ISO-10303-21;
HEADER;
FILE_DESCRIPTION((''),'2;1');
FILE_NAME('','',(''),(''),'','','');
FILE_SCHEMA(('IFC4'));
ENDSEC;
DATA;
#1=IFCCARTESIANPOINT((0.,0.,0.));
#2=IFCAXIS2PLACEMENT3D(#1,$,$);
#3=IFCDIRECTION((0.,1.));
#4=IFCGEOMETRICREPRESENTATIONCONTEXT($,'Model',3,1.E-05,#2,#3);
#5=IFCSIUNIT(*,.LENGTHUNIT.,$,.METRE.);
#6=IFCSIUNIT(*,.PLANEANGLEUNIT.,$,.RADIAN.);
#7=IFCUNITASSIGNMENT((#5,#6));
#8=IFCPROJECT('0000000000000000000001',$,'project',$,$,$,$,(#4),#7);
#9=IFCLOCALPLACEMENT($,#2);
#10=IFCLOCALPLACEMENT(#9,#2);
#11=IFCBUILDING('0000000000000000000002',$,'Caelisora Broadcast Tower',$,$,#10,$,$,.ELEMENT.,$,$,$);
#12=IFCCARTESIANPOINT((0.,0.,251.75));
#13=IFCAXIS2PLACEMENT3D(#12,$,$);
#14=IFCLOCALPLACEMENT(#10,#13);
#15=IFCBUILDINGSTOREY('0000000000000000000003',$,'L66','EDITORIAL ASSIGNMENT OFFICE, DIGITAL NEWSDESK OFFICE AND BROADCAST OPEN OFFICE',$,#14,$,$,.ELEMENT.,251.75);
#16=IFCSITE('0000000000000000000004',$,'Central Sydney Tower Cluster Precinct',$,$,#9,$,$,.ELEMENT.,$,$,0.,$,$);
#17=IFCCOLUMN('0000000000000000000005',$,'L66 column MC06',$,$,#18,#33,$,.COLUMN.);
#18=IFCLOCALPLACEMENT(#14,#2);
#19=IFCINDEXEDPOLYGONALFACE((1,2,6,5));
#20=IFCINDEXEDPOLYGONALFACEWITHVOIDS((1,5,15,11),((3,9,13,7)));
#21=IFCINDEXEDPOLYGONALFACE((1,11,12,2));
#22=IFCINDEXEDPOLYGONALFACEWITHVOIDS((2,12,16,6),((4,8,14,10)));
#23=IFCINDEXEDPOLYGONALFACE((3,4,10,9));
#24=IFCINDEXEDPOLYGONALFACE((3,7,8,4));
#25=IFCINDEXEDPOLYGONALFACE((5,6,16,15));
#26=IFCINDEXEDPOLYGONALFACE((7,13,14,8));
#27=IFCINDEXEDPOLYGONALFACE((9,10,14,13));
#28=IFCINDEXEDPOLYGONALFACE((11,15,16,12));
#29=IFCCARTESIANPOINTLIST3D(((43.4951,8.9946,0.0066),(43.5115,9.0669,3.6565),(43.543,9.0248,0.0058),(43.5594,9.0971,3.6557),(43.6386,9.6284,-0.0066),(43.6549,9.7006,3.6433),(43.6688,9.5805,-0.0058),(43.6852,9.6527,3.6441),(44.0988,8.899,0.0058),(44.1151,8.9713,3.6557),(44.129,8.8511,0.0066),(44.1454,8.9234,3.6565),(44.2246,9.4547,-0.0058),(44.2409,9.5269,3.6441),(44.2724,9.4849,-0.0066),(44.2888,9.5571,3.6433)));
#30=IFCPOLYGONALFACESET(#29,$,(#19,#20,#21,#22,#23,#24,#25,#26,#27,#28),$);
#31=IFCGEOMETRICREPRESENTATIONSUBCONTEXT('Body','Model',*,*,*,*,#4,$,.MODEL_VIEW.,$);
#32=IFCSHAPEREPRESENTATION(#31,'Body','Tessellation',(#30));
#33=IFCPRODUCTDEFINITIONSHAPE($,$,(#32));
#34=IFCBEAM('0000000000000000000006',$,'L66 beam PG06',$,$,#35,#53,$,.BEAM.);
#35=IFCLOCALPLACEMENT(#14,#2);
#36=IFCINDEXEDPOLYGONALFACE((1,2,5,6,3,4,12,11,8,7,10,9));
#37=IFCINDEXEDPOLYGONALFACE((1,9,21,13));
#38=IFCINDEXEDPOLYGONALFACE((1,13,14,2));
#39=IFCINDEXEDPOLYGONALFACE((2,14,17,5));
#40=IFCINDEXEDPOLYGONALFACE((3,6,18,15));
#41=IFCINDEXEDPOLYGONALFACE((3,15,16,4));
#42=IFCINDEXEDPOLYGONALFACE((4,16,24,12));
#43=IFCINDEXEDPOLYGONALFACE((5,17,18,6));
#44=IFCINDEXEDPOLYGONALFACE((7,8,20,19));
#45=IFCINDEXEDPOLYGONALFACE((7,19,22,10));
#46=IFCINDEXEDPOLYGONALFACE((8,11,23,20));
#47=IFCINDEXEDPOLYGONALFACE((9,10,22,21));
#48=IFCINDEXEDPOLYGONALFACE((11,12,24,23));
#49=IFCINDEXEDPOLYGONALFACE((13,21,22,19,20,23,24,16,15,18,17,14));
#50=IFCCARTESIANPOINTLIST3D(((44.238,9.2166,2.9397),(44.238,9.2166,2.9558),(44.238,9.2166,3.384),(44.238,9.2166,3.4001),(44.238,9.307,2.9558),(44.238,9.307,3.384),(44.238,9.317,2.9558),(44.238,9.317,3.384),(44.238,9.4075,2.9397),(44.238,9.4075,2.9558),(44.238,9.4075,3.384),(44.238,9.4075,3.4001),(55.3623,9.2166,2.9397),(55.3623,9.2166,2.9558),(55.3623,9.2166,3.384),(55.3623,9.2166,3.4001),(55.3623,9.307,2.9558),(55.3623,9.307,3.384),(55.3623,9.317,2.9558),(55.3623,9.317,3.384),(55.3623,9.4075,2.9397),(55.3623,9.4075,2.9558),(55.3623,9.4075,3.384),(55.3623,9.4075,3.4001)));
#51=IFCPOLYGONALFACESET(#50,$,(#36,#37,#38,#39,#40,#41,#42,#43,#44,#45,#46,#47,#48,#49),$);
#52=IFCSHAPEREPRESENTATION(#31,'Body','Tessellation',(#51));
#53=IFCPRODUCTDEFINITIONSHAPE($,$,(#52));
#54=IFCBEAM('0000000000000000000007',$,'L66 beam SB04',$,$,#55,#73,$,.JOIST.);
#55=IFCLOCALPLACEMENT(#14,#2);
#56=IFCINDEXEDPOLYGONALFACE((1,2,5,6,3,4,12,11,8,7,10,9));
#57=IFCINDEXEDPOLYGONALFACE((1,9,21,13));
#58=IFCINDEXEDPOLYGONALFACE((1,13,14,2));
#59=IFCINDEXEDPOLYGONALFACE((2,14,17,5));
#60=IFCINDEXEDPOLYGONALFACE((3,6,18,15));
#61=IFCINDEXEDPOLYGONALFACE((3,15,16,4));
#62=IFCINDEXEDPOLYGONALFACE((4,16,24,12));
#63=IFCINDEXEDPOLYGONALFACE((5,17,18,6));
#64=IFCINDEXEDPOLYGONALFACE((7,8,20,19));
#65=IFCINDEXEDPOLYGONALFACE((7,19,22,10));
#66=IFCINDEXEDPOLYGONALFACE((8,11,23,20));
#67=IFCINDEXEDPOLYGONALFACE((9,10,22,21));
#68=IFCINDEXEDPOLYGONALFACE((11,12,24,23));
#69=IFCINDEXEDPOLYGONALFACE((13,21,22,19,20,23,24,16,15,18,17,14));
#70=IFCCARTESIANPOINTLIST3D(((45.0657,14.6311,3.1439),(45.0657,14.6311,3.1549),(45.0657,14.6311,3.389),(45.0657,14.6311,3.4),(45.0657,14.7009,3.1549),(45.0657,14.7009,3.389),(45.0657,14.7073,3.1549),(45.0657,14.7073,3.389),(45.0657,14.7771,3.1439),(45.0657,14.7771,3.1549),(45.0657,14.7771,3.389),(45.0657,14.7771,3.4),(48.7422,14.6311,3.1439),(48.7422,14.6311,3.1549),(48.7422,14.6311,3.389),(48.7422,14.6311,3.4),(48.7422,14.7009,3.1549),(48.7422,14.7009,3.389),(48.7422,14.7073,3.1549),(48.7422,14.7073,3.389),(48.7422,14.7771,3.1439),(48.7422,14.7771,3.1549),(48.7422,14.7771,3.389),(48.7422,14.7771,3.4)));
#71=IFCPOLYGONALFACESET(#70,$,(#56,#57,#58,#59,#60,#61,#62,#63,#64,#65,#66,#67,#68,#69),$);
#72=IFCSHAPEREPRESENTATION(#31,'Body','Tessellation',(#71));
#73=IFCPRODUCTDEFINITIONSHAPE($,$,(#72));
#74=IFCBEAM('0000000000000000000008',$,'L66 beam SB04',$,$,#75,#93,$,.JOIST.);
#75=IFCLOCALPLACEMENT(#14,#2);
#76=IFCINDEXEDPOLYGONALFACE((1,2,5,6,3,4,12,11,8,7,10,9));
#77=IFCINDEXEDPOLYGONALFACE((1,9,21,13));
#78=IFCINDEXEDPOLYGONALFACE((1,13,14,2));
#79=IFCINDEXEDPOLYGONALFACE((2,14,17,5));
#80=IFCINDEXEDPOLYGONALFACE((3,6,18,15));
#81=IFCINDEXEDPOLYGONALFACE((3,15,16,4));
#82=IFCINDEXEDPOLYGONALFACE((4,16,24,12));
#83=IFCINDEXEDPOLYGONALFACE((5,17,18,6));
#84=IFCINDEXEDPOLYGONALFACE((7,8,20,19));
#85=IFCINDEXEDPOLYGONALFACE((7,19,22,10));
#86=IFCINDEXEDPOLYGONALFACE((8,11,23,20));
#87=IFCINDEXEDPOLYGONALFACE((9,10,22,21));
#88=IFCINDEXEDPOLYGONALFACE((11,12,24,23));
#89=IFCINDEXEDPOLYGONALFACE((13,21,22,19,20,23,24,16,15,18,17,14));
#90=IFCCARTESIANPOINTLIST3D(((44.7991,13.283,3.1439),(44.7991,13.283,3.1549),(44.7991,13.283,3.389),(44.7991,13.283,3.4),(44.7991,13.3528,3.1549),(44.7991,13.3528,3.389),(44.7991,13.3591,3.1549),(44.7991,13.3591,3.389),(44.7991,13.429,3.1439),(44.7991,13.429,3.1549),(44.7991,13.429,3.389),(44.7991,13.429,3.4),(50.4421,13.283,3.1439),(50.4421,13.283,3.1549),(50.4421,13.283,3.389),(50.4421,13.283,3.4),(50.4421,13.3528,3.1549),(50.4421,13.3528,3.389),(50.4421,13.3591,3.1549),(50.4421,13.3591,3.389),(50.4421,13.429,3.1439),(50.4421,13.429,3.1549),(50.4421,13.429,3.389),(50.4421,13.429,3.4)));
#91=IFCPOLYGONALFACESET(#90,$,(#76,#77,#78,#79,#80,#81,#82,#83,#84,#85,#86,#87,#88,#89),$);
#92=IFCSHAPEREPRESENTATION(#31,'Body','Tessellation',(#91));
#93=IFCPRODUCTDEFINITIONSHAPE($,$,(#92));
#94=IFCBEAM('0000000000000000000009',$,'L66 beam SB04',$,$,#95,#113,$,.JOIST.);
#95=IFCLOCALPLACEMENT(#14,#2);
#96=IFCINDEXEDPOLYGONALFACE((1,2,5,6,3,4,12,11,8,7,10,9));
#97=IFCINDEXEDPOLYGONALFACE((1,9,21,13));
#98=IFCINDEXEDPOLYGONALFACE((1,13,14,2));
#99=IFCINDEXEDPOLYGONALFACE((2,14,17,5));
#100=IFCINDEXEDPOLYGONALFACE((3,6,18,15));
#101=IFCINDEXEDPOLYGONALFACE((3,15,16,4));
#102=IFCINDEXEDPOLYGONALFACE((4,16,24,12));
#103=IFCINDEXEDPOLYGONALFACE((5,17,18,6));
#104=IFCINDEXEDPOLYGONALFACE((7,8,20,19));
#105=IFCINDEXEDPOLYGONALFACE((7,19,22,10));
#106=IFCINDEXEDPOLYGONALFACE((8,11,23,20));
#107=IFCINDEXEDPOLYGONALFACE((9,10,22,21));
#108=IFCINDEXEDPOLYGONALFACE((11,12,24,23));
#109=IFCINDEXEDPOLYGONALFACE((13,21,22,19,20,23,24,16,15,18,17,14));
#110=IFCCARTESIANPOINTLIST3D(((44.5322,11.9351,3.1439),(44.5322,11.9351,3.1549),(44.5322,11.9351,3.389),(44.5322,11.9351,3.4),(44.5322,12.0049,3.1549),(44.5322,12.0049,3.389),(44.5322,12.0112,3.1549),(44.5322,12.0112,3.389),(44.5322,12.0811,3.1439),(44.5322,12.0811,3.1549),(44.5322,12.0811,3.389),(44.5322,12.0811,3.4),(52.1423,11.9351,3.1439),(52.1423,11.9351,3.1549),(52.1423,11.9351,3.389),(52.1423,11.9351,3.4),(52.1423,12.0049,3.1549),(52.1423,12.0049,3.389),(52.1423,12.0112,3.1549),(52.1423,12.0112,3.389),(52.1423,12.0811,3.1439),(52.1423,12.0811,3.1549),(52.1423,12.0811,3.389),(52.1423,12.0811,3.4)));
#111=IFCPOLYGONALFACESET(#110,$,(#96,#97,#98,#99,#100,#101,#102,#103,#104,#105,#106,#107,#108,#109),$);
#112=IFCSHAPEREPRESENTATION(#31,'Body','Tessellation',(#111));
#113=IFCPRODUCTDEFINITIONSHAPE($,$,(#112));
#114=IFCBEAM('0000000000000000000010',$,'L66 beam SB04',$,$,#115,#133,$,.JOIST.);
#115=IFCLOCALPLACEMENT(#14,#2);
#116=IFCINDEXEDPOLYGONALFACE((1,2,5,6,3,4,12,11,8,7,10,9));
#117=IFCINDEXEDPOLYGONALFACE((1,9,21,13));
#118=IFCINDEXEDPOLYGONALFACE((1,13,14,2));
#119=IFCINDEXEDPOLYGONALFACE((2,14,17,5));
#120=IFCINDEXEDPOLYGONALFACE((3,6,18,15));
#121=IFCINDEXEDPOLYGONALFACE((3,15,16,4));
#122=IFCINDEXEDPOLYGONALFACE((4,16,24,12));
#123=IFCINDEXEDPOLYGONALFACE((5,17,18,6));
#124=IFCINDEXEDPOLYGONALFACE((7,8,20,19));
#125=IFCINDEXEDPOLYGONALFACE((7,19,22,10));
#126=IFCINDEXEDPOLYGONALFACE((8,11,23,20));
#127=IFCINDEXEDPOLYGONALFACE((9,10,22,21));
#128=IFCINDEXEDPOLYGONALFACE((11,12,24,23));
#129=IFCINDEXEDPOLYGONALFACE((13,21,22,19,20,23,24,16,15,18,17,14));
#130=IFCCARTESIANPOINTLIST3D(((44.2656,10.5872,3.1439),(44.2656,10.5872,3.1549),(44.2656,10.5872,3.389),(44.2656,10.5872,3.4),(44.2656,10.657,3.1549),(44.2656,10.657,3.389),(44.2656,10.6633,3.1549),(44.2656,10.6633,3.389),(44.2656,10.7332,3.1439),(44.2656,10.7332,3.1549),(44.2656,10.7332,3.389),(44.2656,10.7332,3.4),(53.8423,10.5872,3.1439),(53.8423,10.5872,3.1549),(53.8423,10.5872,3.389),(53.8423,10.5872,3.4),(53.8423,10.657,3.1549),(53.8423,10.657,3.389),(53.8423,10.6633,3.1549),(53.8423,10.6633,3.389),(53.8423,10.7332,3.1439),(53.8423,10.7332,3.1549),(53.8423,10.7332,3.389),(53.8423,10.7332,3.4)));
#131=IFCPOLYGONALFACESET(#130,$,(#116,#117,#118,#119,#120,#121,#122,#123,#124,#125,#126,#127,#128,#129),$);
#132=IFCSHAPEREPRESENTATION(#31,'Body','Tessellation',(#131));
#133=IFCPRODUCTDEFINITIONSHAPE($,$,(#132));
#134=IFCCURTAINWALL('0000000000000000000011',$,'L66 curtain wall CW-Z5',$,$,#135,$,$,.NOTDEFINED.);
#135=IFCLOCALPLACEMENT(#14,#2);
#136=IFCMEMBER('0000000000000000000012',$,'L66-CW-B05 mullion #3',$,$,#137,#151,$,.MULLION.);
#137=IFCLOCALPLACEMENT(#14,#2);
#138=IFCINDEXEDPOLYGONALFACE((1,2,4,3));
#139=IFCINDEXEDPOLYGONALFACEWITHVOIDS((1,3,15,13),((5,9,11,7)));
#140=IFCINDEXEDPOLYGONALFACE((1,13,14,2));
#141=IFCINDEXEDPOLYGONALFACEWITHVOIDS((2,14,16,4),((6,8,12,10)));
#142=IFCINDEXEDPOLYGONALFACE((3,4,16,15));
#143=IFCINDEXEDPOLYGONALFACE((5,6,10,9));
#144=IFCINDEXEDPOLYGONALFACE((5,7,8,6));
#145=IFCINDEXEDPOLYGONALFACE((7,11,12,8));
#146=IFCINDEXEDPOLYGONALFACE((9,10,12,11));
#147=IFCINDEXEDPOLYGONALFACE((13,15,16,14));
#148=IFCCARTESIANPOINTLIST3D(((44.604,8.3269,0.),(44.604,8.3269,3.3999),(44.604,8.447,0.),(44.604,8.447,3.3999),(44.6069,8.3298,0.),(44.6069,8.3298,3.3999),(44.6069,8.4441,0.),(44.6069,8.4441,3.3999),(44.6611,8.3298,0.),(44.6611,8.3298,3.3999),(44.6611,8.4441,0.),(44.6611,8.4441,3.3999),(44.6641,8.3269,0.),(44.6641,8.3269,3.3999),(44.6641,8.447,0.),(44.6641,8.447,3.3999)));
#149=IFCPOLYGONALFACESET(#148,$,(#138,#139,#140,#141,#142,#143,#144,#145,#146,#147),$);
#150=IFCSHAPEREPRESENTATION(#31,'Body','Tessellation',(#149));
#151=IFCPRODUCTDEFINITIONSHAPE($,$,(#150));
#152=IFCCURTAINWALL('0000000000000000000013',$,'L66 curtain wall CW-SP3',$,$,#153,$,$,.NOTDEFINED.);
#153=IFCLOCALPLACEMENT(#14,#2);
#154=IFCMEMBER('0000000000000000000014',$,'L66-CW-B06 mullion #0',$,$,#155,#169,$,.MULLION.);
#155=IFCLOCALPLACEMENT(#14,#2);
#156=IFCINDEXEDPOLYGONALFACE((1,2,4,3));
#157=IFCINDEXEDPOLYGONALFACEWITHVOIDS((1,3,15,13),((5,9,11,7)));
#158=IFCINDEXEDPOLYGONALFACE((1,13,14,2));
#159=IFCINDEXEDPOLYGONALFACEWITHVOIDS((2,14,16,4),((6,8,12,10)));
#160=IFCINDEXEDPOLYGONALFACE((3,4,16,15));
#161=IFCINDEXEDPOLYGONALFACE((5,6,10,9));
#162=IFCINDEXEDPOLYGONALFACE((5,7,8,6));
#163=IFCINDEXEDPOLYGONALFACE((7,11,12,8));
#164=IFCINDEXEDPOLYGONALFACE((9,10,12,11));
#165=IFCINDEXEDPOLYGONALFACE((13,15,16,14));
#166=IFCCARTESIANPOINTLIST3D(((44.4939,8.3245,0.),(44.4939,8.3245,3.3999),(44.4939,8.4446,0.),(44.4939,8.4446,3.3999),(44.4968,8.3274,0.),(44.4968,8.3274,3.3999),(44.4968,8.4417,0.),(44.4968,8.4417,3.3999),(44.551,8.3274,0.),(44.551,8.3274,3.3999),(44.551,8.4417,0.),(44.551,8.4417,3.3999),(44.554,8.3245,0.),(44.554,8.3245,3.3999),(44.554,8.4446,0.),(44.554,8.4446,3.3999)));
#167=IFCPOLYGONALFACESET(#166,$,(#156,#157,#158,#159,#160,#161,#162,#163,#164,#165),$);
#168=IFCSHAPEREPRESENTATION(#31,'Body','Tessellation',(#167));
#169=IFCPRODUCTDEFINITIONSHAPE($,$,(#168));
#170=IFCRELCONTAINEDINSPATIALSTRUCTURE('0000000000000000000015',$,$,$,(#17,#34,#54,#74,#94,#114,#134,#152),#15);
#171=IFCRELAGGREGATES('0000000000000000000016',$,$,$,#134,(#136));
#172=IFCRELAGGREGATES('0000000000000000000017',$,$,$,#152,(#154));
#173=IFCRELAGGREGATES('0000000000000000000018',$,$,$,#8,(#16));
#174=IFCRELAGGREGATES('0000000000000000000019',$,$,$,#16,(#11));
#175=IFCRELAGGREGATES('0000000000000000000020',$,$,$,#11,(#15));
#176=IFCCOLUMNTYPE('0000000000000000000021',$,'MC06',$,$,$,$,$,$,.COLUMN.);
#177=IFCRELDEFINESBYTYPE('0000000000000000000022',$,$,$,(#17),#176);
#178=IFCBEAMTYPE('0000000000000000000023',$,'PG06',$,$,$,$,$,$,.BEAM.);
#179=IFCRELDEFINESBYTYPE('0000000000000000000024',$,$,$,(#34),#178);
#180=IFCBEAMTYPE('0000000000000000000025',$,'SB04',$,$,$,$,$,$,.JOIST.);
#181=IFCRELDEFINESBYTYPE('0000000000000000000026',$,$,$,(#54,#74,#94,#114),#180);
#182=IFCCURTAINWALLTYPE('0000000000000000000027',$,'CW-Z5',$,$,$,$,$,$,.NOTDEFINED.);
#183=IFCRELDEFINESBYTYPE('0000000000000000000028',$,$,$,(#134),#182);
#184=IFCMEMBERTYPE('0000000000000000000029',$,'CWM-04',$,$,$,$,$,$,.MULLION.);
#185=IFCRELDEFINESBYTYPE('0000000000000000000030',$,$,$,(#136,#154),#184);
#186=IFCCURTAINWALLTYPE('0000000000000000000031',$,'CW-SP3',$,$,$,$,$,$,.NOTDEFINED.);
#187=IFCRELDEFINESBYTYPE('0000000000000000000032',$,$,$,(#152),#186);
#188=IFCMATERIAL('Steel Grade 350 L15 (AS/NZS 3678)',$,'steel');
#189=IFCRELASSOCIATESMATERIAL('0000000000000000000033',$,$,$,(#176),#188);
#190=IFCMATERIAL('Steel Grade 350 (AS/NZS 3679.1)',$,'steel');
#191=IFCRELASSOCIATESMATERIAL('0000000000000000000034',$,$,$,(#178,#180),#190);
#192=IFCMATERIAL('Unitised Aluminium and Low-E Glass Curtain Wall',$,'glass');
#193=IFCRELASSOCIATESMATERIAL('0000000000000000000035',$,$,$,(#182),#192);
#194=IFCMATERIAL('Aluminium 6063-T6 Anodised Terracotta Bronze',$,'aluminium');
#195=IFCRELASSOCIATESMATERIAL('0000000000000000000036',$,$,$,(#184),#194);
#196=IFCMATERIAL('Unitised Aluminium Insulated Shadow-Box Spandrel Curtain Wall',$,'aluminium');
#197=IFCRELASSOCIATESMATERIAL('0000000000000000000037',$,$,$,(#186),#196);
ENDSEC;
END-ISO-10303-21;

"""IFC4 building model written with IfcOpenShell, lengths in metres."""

from ifc_helpers import new_model, si_unit, direction, frame, origin, origin_2d, place, context, subcontext, project, spatial, hollow_rectangle, i_section, extrude, source, transform, mapped, material, material_profile, profile_set, type_object, type_shapes, element, aggregate, save


model = new_model("IFC4")

# Units and contexts
model_context = context("Model", 3, precision=1e-05, world=origin(), true_north=direction((0.0, 1.0)))
body_context = subcontext(model_context, "Body", "Model", "MODEL_VIEW")
ifc_project = project(units=[si_unit("LENGTHUNIT", "METRE"), si_unit("PLANEANGLEUNIT", "RADIAN")], contexts=[model_context])

# Site, building, storey
site_placement = place(None, origin())
site = spatial("IfcSite", under=ifc_project, at=site_placement, Name="Central Sydney Tower Cluster Precinct", CompositionType="ELEMENT", RefElevation=0.0)
building_placement = place(site_placement, origin())
building = spatial("IfcBuilding", under=site, at=building_placement, Name="Caelisora Broadcast Tower", CompositionType="ELEMENT")
storey_placement = place(building_placement, frame((0.0, 0.0, 251.75)))
storey = spatial("IfcBuildingStorey", under=building, at=storey_placement, Name="L66", Description="EDITORIAL ASSIGNMENT OFFICE, DIGITAL NEWSDESK OFFICE AND BROADCAST OPEN OFFICE", CompositionType="ELEMENT", Elevation=251.75)

# Column
ifc_material_1 = material(Name="Steel Grade 350 L15 (AS/NZS 3678)", Category="steel")
ifc_material_profile_1 = material_profile(ifc_material_1, hollow_rectangle(XDim=0.6499, YDim=0.6499, WallThickness=0.04, at=origin_2d()), Name="Steel Grade 350 L15 (AS/NZS 3678)")
ifc_profile_set_1 = profile_set([ifc_material_profile_1], Name="Steel Grade 350 L15 (AS/NZS 3678)")
column_type = type_object("IfcColumnType", Name="MC06", PredefinedType="COLUMN", material=ifc_profile_set_1)
shared_shape_1 = source(origin(), body_context, "Body", "SweptSolid", [
    extrude(hollow_rectangle(XDim=0.6499, YDim=0.6499, WallThickness=0.04, at=origin_2d()), origin(), (0.0, 0.0, 1.0), 3.6506),
])
type_shapes(column_type, [shared_shape_1])
column_placement = place(storey_placement, frame((43.8838, 9.2397, 0.0), z_axis=(0.004481, 0.019795, 0.999794), x_axis=(-0.975327, 0.220767, 0.0)))
element("IfcColumn", 1, at=column_placement, inside=storey, type_object=column_type, Name="L66 column MC06", PredefinedType="COLUMN", context=body_context, shape_type="MappedRepresentation", body=[
    mapped(shared_shape_1, transform((0.0, 0.0, 0.0), scale=1.0)),
])

# Beams
ifc_material_2 = material(Name="Steel Grade 350 (AS/NZS 3679.1)", Category="steel")
ifc_material_profile_2 = material_profile(ifc_material_2, i_section(OverallWidth=0.1909, OverallDepth=0.4604, WebThickness=0.01, FlangeThickness=0.0161, at=origin_2d()), Name="Steel Grade 350 (AS/NZS 3679.1)")
ifc_profile_set_2 = profile_set([ifc_material_profile_2], Name="Steel Grade 350 (AS/NZS 3679.1)")
beam_type_1 = type_object("IfcBeamType", Name="PG06", PredefinedType="BEAM", material=ifc_profile_set_2)
shared_shape_2 = source(origin(), body_context, "Body", "SweptSolid", [
    extrude(i_section(OverallWidth=0.1909, OverallDepth=0.4604, WebThickness=0.01, FlangeThickness=0.0161, at=origin_2d()), origin(), (0.0, 0.0, 1.0), 11.1243),
])
type_shapes(beam_type_1, [shared_shape_2])
beam_1_placement = place(storey_placement, frame((44.238, 9.312, 3.1699), z_axis=(1.0, 0.0, 0.0), x_axis=(0.0, 1.0, 0.0)))
element("IfcBeam", 2, at=beam_1_placement, inside=storey, type_object=beam_type_1, Name="L66 beam PG06", PredefinedType="BEAM", context=body_context, shape_type="MappedRepresentation", body=[
    mapped(shared_shape_2, transform((0.0, 0.0, 0.0), scale=1.0)),
])
ifc_material_profile_3 = material_profile(ifc_material_2, i_section(OverallWidth=0.146, OverallDepth=0.2561, WebThickness=0.0063, FlangeThickness=0.011, at=origin_2d()), Name="Steel Grade 350 (AS/NZS 3679.1)")
ifc_profile_set_3 = profile_set([ifc_material_profile_3], Name="Steel Grade 350 (AS/NZS 3679.1)")
beam_type_2 = type_object("IfcBeamType", Name="SB04", PredefinedType="JOIST", material=ifc_profile_set_3)
shared_shape_3 = source(origin(), body_context, "Body", "SweptSolid", [
    extrude(i_section(OverallWidth=0.146, OverallDepth=0.2561, WebThickness=0.0063, FlangeThickness=0.011, at=origin_2d()), origin(), (0.0, 0.0, 1.0), 3.6765),
])
beam_2_placement = place(storey_placement, frame((45.0657, 14.7041, 3.272), z_axis=(1.0, 0.0, 0.0), x_axis=(0.0, 1.0, 0.0)))
element("IfcBeam", 3, at=beam_2_placement, inside=storey, type_object=beam_type_2, Name="L66 beam SB04", PredefinedType="JOIST", context=body_context, shape_type="MappedRepresentation", body=[
    mapped(shared_shape_3, transform((0.0, 0.0, 0.0), scale=1.0)),
])
shared_shape_4 = source(origin(), body_context, "Body", "SweptSolid", [
    extrude(i_section(OverallWidth=0.146, OverallDepth=0.2561, WebThickness=0.0063, FlangeThickness=0.011, at=origin_2d()), origin(), (0.0, 0.0, 1.0), 5.6431),
])
beam_3_placement = place(storey_placement, frame((44.7991, 13.356, 3.272), z_axis=(1.0, 0.0, 0.0), x_axis=(0.0, 1.0, 0.0)))
element("IfcBeam", 4, at=beam_3_placement, inside=storey, type_object=beam_type_2, Name="L66 beam SB04", PredefinedType="JOIST", context=body_context, shape_type="MappedRepresentation", body=[
    mapped(shared_shape_4, transform((0.0, 0.0, 0.0), scale=1.0)),
])
shared_shape_5 = source(origin(), body_context, "Body", "SweptSolid", [
    extrude(i_section(OverallWidth=0.146, OverallDepth=0.2561, WebThickness=0.0063, FlangeThickness=0.011, at=origin_2d()), origin(), (0.0, 0.0, 1.0), 7.6101),
])
beam_4_placement = place(storey_placement, frame((44.5322, 12.0081, 3.272), z_axis=(1.0, 0.0, 0.0), x_axis=(0.0, 1.0, 0.0)))
element("IfcBeam", 5, at=beam_4_placement, inside=storey, type_object=beam_type_2, Name="L66 beam SB04", PredefinedType="JOIST", context=body_context, shape_type="MappedRepresentation", body=[
    mapped(shared_shape_5, transform((0.0, 0.0, 0.0), scale=1.0)),
])
shared_shape_6 = source(origin(), body_context, "Body", "SweptSolid", [
    extrude(i_section(OverallWidth=0.146, OverallDepth=0.2561, WebThickness=0.0063, FlangeThickness=0.011, at=origin_2d()), origin(), (0.0, 0.0, 1.0), 9.5767),
])
type_shapes(beam_type_2, [shared_shape_3, shared_shape_4, shared_shape_5, shared_shape_6])
beam_5_placement = place(storey_placement, frame((44.2656, 10.6602, 3.272), z_axis=(1.0, 0.0, 0.0), x_axis=(0.0, 1.0, 0.0)))
element("IfcBeam", 6, at=beam_5_placement, inside=storey, type_object=beam_type_2, Name="L66 beam SB04", PredefinedType="JOIST", context=body_context, shape_type="MappedRepresentation", body=[
    mapped(shared_shape_6, transform((0.0, 0.0, 0.0), scale=1.0)),
])

# Curtain wall, member
ifc_material_3 = material(Name="Unitised Aluminium and Low-E Glass Curtain Wall", Category="glass")
curtain_wall_type_1 = type_object("IfcCurtainWallType", Name="CW-Z5", PredefinedType="NOTDEFINED", material=ifc_material_3)
curtain_wall_1_placement = place(storey_placement, origin())
curtain_wall_1 = element("IfcCurtainWall", 7, at=curtain_wall_1_placement, inside=storey, type_object=curtain_wall_type_1, Name="L66 curtain wall CW-Z5", PredefinedType="NOTDEFINED")
ifc_material_4 = material(Name="Aluminium 6063-T6 Anodised Terracotta Bronze", Category="aluminium")
ifc_material_profile_4 = material_profile(ifc_material_4, hollow_rectangle(XDim=0.0601, YDim=0.1201, WallThickness=0.0029, at=origin_2d()), Name="Aluminium 6063-T6 Anodised Terracotta Bronze")
ifc_profile_set_4 = profile_set([ifc_material_profile_4], Name="Aluminium 6063-T6 Anodised Terracotta Bronze")
member_type_1 = type_object("IfcMemberType", Name="CWM-04", PredefinedType="MULLION", material=ifc_profile_set_4)
shared_shape_7 = source(origin(), body_context, "Body", "SweptSolid", [
    extrude(hollow_rectangle(XDim=0.0601, YDim=0.1201, WallThickness=0.0029, at=origin_2d()), origin(), (0.0, 0.0, 1.0), 3.3999),
])
type_shapes(member_type_1, [shared_shape_7])
member_1_placement = place(storey_placement, frame((44.634, 8.387, 0.0), z_axis=(0.0, 0.0, 1.0), x_axis=(1.0, 0.0, 0.0)))
member_1 = element("IfcMember", 8, at=member_1_placement, type_object=member_type_1, Name="L66-CW-B05 mullion #3", PredefinedType="MULLION", context=body_context, shape_type="MappedRepresentation", body=[
    mapped(shared_shape_7, transform((0.0, 0.0, 0.0), scale=1.0)),
])
aggregate(curtain_wall_1, [member_1])

# Curtain wall, member
ifc_material_5 = material(Name="Unitised Aluminium Insulated Shadow-Box Spandrel Curtain Wall", Category="aluminium")
curtain_wall_type_2 = type_object("IfcCurtainWallType", Name="CW-SP3", PredefinedType="NOTDEFINED", material=ifc_material_5)
curtain_wall_2_placement = place(storey_placement, origin())
curtain_wall_2 = element("IfcCurtainWall", 9, at=curtain_wall_2_placement, inside=storey, type_object=curtain_wall_type_2, Name="L66 curtain wall CW-SP3", PredefinedType="NOTDEFINED")
member_2_placement = place(storey_placement, frame((44.5239, 8.3845, 0.0), z_axis=(0.0, 0.0, 1.0), x_axis=(1.0, 0.0, 0.0)))
member_2 = element("IfcMember", 10, at=member_2_placement, type_object=member_type_1, Name="L66-CW-B06 mullion #0", PredefinedType="MULLION", context=body_context, shape_type="MappedRepresentation", body=[
    mapped(shared_shape_7, transform((0.0, 0.0, 0.0), scale=1.0)),
])

aggregate(curtain_wall_2, [member_2])

save(model, "model.ifc")
